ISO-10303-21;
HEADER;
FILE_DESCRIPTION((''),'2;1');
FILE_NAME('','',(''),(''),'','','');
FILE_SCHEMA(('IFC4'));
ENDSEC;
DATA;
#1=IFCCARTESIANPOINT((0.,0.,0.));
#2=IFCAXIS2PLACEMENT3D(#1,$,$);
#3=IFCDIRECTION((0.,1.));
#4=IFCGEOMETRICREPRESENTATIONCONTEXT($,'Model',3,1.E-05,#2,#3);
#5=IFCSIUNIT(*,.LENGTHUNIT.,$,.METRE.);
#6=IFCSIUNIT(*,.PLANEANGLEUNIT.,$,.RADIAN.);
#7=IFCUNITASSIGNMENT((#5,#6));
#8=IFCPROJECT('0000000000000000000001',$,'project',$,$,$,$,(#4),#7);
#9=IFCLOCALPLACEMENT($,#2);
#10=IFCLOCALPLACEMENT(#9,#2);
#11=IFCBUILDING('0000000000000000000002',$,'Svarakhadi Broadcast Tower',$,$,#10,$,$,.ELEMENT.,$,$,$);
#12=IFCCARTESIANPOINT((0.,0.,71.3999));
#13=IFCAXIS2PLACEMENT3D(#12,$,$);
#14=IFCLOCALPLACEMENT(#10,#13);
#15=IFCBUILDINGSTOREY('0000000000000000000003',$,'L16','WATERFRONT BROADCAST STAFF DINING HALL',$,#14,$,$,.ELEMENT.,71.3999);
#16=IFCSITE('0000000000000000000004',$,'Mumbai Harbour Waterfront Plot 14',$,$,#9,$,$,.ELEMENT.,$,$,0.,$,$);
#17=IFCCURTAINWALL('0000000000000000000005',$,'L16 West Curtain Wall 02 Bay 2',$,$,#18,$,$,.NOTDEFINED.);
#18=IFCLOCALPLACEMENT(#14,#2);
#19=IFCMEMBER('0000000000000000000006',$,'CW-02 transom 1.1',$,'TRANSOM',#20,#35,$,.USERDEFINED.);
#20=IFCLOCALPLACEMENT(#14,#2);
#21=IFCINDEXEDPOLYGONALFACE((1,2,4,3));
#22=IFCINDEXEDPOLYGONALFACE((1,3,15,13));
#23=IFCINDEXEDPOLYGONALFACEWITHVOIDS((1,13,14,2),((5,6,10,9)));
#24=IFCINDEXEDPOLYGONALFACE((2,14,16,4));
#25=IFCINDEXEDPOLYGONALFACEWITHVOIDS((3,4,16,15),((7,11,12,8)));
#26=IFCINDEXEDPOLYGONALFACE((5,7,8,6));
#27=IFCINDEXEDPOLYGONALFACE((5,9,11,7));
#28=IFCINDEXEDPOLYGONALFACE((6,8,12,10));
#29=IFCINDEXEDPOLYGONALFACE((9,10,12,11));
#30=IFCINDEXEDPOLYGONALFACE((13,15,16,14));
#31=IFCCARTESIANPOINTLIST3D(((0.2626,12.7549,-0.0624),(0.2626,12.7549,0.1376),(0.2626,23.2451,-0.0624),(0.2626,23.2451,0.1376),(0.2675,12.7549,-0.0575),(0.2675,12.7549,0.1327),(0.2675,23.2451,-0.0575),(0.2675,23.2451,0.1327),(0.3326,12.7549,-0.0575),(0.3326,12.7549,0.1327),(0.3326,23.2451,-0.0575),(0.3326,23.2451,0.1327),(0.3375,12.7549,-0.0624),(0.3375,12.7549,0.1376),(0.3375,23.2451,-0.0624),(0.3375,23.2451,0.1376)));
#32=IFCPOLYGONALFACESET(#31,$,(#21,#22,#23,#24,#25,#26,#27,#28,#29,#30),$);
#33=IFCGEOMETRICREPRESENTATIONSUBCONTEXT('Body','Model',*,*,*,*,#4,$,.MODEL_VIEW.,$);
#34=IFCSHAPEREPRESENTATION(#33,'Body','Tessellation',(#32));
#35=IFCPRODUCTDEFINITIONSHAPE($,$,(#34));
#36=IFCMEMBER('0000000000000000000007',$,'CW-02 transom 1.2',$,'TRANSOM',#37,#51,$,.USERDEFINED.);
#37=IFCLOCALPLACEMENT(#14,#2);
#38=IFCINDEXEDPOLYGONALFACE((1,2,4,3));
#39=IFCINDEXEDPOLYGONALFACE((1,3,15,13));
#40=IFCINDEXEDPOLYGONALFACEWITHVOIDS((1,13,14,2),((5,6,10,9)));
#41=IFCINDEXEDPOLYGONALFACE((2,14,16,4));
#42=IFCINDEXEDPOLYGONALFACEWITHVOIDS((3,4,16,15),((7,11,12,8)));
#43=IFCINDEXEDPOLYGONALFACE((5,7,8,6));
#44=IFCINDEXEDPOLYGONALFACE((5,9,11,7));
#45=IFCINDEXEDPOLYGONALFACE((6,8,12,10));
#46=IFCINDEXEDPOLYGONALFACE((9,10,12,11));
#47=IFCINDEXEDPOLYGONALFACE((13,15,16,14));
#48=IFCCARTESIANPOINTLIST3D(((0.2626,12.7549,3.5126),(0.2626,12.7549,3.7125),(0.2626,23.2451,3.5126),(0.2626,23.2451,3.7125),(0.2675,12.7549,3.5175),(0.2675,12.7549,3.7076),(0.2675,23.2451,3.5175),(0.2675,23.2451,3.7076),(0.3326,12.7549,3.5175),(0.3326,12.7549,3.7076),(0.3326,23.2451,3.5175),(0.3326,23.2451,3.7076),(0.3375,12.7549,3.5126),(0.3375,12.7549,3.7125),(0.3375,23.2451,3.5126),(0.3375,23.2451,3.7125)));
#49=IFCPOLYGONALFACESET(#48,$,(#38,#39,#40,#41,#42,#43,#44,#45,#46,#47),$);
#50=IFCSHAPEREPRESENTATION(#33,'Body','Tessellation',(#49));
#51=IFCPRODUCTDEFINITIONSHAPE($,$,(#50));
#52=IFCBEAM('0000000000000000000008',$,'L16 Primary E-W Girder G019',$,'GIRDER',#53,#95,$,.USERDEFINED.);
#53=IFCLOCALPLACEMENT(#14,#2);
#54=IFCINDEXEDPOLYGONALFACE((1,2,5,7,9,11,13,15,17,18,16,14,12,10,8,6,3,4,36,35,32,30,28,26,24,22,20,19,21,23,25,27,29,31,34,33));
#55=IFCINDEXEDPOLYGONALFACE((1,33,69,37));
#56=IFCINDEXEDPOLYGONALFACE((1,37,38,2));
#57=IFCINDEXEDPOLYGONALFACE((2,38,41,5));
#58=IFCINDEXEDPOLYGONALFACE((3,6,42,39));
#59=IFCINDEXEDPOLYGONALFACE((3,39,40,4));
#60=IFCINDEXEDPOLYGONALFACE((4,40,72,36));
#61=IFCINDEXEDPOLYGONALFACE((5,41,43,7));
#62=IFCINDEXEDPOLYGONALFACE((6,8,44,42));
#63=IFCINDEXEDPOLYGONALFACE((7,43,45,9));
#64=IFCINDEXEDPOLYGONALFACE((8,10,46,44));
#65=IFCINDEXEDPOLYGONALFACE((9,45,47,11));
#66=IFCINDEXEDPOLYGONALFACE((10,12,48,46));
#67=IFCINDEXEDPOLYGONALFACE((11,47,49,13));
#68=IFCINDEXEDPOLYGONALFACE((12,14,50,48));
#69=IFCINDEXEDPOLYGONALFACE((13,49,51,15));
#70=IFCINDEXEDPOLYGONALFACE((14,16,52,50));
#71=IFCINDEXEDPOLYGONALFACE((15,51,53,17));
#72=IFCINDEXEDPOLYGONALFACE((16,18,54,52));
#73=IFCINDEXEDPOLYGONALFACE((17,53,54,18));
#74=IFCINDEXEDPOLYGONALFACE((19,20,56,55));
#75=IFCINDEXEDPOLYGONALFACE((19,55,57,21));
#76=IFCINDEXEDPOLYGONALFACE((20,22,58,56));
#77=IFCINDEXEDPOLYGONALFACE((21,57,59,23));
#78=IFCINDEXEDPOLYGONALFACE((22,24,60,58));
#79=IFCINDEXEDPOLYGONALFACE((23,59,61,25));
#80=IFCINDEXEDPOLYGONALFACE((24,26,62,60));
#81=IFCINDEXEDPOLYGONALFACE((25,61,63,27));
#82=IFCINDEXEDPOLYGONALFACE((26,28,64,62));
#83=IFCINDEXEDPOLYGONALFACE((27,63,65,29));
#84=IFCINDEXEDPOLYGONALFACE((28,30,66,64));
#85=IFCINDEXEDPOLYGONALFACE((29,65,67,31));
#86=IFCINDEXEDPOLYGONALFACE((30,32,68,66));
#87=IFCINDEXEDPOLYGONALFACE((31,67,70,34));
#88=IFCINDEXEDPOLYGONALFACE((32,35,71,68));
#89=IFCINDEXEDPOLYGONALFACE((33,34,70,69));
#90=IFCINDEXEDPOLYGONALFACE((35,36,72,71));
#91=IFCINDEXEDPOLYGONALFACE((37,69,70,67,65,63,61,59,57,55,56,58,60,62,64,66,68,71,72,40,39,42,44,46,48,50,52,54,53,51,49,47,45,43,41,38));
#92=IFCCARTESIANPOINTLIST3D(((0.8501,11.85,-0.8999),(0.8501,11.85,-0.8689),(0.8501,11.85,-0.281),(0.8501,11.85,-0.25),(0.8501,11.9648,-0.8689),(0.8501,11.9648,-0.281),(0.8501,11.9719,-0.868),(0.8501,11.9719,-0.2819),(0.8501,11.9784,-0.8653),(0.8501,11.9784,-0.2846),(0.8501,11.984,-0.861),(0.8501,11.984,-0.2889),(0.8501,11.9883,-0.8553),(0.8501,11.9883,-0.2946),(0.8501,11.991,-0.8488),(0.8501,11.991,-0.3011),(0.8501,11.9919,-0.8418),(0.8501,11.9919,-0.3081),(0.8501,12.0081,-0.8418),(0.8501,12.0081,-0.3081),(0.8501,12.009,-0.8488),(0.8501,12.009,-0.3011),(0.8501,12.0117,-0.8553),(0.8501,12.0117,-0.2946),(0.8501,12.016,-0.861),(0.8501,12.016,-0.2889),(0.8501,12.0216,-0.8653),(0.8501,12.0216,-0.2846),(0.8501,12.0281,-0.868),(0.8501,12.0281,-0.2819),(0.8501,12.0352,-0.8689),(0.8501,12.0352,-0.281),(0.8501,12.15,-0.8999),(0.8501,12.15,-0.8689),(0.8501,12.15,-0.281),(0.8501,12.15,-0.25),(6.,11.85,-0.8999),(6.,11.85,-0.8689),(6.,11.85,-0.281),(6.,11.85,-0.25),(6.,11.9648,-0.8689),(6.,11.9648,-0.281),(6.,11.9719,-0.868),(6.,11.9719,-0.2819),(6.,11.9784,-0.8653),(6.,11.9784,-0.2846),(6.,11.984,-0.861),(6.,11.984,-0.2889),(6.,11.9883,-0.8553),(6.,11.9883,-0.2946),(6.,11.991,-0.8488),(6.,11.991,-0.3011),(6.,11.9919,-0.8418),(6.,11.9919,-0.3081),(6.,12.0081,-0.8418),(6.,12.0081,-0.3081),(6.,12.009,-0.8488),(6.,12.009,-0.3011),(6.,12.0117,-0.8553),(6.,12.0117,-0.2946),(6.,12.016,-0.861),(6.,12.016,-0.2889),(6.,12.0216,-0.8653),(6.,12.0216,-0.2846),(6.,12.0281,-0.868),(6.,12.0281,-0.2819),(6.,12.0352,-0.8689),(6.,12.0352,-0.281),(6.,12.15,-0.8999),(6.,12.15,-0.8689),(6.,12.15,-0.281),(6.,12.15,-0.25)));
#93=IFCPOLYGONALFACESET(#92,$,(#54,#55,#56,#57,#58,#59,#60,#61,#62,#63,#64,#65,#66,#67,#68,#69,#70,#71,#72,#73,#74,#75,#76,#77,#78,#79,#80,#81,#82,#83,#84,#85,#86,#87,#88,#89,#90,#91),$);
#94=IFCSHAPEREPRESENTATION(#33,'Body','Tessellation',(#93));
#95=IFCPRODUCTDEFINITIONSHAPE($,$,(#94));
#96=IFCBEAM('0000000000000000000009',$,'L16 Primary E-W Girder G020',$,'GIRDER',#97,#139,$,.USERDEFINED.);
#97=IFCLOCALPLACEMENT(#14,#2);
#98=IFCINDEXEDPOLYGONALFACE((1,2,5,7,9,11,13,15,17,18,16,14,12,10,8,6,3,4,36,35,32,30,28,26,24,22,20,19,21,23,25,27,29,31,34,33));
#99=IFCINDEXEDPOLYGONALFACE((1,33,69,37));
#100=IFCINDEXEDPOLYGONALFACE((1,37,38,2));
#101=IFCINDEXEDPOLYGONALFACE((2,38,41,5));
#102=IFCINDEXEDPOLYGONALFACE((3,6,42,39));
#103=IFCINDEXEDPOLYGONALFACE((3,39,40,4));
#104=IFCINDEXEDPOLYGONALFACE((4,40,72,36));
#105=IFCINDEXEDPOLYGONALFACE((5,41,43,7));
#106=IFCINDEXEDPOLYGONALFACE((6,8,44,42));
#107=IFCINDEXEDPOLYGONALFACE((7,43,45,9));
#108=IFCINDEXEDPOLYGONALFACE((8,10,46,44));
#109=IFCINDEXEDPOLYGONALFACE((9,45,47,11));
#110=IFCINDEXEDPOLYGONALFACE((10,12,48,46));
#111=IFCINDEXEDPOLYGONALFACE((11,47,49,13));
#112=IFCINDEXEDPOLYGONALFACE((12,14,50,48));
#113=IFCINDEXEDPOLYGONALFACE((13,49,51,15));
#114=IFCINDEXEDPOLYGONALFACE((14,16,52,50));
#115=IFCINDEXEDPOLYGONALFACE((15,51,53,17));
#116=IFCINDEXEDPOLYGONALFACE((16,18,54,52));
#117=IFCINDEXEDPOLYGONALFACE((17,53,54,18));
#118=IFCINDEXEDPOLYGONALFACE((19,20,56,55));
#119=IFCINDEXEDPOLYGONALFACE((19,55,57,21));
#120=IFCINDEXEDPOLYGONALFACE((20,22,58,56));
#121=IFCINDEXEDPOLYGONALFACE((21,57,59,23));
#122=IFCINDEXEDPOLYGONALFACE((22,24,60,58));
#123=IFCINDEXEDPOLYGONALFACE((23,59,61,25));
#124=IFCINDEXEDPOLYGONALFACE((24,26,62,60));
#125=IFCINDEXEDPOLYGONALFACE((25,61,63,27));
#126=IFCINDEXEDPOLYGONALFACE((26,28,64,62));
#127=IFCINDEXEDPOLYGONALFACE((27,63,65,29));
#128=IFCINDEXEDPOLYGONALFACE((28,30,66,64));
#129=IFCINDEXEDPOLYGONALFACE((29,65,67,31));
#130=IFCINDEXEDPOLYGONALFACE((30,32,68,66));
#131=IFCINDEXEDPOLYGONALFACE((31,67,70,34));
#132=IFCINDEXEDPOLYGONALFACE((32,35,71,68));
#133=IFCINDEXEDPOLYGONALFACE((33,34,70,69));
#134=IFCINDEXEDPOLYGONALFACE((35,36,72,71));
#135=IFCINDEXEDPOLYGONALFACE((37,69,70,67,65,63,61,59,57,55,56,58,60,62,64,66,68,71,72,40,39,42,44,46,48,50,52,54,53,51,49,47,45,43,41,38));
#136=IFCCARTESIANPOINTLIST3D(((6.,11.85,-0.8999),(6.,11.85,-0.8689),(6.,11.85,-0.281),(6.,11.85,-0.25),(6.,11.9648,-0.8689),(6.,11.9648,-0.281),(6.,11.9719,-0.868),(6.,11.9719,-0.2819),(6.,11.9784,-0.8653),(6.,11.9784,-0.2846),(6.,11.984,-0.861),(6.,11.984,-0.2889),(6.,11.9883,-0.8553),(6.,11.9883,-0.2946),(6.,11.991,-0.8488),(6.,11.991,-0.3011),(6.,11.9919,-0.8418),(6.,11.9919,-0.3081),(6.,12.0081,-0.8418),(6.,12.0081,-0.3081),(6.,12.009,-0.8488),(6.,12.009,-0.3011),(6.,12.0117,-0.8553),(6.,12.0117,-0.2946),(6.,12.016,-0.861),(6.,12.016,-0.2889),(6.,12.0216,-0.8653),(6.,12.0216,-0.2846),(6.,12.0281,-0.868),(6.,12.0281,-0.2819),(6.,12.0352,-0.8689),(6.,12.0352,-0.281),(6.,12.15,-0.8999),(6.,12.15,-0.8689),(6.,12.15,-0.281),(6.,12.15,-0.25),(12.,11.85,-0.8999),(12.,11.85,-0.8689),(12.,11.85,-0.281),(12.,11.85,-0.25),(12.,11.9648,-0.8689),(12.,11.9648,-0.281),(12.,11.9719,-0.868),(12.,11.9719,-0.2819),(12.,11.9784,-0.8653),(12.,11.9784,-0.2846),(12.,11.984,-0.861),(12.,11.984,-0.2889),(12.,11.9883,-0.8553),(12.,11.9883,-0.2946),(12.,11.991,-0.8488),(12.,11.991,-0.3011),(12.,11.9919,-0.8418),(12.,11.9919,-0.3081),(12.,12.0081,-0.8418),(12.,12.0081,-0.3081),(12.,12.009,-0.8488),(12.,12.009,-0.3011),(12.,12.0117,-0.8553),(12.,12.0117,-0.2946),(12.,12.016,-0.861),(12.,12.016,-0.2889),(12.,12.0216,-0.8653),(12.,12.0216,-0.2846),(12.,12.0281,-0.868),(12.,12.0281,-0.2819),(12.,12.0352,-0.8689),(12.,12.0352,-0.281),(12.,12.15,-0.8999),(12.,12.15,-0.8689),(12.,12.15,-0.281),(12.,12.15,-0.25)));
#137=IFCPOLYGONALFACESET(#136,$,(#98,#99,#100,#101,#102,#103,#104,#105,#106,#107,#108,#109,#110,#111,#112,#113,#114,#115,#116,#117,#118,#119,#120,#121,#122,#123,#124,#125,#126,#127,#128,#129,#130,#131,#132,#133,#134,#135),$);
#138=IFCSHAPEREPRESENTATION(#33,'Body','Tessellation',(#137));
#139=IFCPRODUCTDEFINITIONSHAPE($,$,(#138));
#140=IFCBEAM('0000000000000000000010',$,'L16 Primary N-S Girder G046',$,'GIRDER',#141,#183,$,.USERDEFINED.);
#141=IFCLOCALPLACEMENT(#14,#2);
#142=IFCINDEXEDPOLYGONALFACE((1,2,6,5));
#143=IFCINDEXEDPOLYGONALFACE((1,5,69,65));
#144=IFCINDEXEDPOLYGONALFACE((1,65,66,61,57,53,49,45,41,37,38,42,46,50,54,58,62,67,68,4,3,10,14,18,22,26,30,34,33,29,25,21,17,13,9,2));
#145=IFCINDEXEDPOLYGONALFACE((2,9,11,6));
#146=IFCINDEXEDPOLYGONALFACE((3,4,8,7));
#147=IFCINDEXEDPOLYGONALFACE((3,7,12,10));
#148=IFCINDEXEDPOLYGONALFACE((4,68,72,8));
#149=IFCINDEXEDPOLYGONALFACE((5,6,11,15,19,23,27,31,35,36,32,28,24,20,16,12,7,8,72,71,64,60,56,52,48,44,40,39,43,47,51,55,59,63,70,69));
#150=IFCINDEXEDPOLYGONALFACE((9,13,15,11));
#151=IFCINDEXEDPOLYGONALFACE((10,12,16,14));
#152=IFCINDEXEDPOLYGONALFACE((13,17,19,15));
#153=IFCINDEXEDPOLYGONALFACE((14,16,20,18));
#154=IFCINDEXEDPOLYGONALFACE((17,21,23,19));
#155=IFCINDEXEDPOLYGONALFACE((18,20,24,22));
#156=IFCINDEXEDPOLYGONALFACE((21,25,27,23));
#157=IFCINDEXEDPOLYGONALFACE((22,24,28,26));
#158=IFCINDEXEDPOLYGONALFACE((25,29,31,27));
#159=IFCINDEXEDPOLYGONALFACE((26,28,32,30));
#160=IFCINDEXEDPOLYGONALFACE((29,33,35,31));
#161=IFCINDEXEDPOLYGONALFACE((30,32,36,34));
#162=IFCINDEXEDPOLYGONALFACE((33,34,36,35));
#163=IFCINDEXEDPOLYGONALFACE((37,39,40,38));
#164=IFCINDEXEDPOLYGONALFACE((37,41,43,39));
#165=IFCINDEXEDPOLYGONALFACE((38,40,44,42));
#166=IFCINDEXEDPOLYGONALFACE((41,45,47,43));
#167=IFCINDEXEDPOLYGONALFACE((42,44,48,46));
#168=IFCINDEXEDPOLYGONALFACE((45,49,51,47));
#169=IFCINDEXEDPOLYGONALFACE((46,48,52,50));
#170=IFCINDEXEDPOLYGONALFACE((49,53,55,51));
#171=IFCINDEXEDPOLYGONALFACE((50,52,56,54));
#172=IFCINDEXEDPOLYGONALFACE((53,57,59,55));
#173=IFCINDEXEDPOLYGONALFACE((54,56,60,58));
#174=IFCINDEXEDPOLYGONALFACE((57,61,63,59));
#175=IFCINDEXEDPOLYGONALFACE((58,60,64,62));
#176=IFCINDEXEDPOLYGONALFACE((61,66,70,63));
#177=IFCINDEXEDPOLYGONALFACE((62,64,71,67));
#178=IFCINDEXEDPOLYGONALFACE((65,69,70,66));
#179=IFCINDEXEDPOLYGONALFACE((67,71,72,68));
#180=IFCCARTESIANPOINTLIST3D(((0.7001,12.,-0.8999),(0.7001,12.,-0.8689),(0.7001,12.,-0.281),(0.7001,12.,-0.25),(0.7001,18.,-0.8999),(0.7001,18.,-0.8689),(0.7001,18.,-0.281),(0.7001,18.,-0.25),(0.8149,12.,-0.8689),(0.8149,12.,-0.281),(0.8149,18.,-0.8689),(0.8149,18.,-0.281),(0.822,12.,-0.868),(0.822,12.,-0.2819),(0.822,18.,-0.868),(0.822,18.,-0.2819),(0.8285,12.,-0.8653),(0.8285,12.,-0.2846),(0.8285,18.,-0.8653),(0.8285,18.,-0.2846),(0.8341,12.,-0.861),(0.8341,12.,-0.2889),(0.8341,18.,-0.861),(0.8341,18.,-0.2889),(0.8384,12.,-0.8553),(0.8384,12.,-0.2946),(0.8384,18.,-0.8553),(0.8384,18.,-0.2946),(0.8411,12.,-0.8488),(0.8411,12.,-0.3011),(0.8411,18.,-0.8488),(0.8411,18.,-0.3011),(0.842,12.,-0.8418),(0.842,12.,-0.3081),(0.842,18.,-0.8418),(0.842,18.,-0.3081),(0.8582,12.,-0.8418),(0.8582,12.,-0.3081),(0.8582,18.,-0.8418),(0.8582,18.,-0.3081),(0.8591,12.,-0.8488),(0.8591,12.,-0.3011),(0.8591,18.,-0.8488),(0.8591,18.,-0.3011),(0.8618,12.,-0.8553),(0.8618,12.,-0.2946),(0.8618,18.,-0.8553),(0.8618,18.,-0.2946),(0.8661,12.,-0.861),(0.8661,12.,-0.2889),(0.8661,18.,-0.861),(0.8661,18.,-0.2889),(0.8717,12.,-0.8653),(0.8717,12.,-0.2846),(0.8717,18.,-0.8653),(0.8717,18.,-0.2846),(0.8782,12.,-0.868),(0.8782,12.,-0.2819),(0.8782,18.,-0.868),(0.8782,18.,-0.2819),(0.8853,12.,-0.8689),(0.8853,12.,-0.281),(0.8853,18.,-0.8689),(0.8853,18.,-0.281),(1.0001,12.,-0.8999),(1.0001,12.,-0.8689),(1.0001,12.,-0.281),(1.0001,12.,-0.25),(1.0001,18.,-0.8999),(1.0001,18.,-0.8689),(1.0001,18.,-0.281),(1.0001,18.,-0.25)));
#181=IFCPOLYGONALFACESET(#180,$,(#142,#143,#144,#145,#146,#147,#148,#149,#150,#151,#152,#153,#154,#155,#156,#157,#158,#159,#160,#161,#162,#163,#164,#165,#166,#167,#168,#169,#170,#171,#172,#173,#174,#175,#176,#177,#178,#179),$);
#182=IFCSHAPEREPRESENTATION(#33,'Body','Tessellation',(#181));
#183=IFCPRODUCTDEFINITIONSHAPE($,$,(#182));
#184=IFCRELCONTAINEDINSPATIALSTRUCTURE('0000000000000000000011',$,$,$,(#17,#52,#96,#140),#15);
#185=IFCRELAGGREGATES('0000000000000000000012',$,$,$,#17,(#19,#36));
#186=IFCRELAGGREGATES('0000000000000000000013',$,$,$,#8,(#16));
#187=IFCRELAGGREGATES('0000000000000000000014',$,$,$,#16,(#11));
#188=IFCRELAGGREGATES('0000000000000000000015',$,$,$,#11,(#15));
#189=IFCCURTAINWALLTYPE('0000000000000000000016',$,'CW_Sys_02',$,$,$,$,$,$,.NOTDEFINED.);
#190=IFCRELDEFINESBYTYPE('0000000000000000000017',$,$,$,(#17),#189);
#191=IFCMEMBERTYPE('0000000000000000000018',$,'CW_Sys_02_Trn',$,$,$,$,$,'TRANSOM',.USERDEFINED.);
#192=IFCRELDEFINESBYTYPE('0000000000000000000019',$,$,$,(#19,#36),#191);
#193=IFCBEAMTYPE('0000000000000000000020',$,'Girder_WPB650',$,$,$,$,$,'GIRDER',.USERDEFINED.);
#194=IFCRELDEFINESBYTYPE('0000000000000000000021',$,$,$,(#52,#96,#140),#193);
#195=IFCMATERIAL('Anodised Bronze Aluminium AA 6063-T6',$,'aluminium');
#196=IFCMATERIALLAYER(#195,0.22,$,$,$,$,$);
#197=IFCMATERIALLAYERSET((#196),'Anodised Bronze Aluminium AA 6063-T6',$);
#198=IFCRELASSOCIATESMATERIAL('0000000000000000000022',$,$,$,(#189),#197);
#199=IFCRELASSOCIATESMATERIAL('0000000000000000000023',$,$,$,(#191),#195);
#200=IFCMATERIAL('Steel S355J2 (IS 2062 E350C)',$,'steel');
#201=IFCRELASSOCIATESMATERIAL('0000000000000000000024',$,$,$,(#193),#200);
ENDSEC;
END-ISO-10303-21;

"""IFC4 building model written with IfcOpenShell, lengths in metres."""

from ifc_helpers import new_model, si_unit, direction, frame, origin, origin_2d, place, context, subcontext, project, spatial, hollow_rectangle, i_section, extrude, material, layer, layer_set, material_profile, profile_set, type_object, element, aggregate, save


model = new_model("IFC4")

# Units and contexts
model_context = context("Model", 3, precision=1e-05, world=origin(), true_north=direction((0.0, 1.0)))
body_context = subcontext(model_context, "Body", "Model", "MODEL_VIEW")
ifc_project = project(units=[si_unit("LENGTHUNIT", "METRE"), si_unit("PLANEANGLEUNIT", "RADIAN")], contexts=[model_context])

# Site, building, storey
site_placement = place(None, origin())
site = spatial("IfcSite", under=ifc_project, at=site_placement, Name="Mumbai Harbour Waterfront Plot 14", CompositionType="ELEMENT", RefElevation=0.0)
building_placement = place(site_placement, origin())
building = spatial("IfcBuilding", under=site, at=building_placement, Name="Svarakhadi Broadcast Tower", CompositionType="ELEMENT")
storey_placement = place(building_placement, frame((0.0, 0.0, 71.3999)))
storey = spatial("IfcBuildingStorey", under=building, at=storey_placement, Name="L16", Description="WATERFRONT BROADCAST STAFF DINING HALL", CompositionType="ELEMENT", Elevation=71.3999)

# Shared definitions
ifc_material_1 = material(Name="Steel S355J2 (IS 2062 E350C)", Category="steel")

# Shared definitions
ifc_material_2 = material(Name="Anodised Bronze Aluminium AA 6063-T6", Category="aluminium")
ifc_layer_1 = layer(ifc_material_2, 0.22)
ifc_layer_set_1 = layer_set([ifc_layer_1], Name="Anodised Bronze Aluminium AA 6063-T6")
curtain_wall_type = type_object("IfcCurtainWallType", Name="CW_Sys_02", PredefinedType="NOTDEFINED", material=ifc_layer_set_1)

# Curtain wall, members
curtain_wall_1_placement = place(storey_placement, origin())
curtain_wall_1 = element("IfcCurtainWall", 1, at=curtain_wall_1_placement, inside=storey, type_object=curtain_wall_type, Name="L16 West Curtain Wall 02 Bay 2", PredefinedType="NOTDEFINED")
ifc_material_profile_1 = material_profile(ifc_material_2, hollow_rectangle(XDim=0.075, YDim=0.2, WallThickness=0.0049, at=origin_2d()), Name="ALU TRANSOM 200x75x5")
ifc_profile_set_1 = profile_set([ifc_material_profile_1], Name="Anodised Bronze Aluminium AA 6063-T6")
member_type_1 = type_object("IfcMemberType", Name="CW_Sys_02_Trn", ElementType="TRANSOM", PredefinedType="USERDEFINED", material=ifc_profile_set_1)
member_1_placement = place(storey_placement, frame((0.3, 12.7549, 0.0376), z_axis=(0.0, 1.0, 0.0), x_axis=(-1.0, 0.0, 0.0)))
member_1 = element("IfcMember", 2, at=member_1_placement, type_object=member_type_1, Name="CW-02 transom 1.1", ObjectType="TRANSOM", PredefinedType="USERDEFINED", context=body_context, shape_type="SweptSolid", body=[
    extrude(hollow_rectangle(XDim=0.075, YDim=0.2, WallThickness=0.0049, at=origin_2d()), origin(), (0.0, 0.0, 1.0), 10.4902),
])
member_2_placement = place(storey_placement, frame((0.3, 12.7549, 3.6125), z_axis=(0.0, 1.0, 0.0), x_axis=(-1.0, 0.0, 0.0)))
member_2 = element("IfcMember", 3, at=member_2_placement, type_object=member_type_1, Name="CW-02 transom 1.2", ObjectType="TRANSOM", PredefinedType="USERDEFINED", context=body_context, shape_type="SweptSolid", body=[
    extrude(hollow_rectangle(XDim=0.075, YDim=0.2, WallThickness=0.0049, at=origin_2d()), origin(), (0.0, 0.0, 1.0), 10.4902),
])
aggregate(curtain_wall_1, [member_1, member_2])

# Beams
ifc_material_profile_2 = material_profile(ifc_material_1, i_section(OverallWidth=0.3, OverallDepth=0.6499, WebThickness=0.0161, FlangeThickness=0.031, FilletRadius=0.0271, at=origin_2d()), Name="WPB 650x300x225")
ifc_profile_set_2 = profile_set([ifc_material_profile_2], Name="Steel S355J2 (IS 2062 E350C)")
beam_type_1 = type_object("IfcBeamType", Name="Girder_WPB650", ElementType="GIRDER", PredefinedType="USERDEFINED", material=ifc_profile_set_2)
beam_placement = place(storey_placement, frame((0.8501, 12.0, -0.575), z_axis=(1.0, 0.0, 0.0), x_axis=(0.0, 1.0, 0.0)))
element("IfcBeam", 4, at=beam_placement, inside=storey, type_object=beam_type_1, Name="L16 Primary E-W Girder G019", ObjectType="GIRDER", PredefinedType="USERDEFINED", context=body_context, shape_type="SweptSolid", body=[
    extrude(i_section(OverallWidth=0.3, OverallDepth=0.6499, WebThickness=0.0161, FlangeThickness=0.031, FilletRadius=0.0271, at=origin_2d()), origin(), (0.0, 0.0, 1.0), 5.1499),
])
for number, where, z_axis, x_axis, name in (
    (5, (6.0, 12.0, -0.575), (1.0, 0.0, 0.0), (0.0, 1.0, 0.0), "L16 Primary E-W Girder G020"),
    (6, (0.8501, 12.0, -0.575), (0.0, 1.0, 0.0), (-1.0, 0.0, 0.0), "L16 Primary N-S Girder G046"),
):
    element("IfcBeam", number, at=place(storey_placement, frame(where, z_axis=z_axis, x_axis=x_axis)), inside=storey, type_object=beam_type_1, Name=name, ObjectType="GIRDER", PredefinedType="USERDEFINED", context=body_context, shape_type="SweptSolid", body=[
        extrude(i_section(OverallWidth=0.3, OverallDepth=0.6499, WebThickness=0.0161, FlangeThickness=0.031, FilletRadius=0.0271, at=origin_2d()), origin(), (0.0, 0.0, 1.0), 6.0),
    ])

save(model, "model.ifc")
